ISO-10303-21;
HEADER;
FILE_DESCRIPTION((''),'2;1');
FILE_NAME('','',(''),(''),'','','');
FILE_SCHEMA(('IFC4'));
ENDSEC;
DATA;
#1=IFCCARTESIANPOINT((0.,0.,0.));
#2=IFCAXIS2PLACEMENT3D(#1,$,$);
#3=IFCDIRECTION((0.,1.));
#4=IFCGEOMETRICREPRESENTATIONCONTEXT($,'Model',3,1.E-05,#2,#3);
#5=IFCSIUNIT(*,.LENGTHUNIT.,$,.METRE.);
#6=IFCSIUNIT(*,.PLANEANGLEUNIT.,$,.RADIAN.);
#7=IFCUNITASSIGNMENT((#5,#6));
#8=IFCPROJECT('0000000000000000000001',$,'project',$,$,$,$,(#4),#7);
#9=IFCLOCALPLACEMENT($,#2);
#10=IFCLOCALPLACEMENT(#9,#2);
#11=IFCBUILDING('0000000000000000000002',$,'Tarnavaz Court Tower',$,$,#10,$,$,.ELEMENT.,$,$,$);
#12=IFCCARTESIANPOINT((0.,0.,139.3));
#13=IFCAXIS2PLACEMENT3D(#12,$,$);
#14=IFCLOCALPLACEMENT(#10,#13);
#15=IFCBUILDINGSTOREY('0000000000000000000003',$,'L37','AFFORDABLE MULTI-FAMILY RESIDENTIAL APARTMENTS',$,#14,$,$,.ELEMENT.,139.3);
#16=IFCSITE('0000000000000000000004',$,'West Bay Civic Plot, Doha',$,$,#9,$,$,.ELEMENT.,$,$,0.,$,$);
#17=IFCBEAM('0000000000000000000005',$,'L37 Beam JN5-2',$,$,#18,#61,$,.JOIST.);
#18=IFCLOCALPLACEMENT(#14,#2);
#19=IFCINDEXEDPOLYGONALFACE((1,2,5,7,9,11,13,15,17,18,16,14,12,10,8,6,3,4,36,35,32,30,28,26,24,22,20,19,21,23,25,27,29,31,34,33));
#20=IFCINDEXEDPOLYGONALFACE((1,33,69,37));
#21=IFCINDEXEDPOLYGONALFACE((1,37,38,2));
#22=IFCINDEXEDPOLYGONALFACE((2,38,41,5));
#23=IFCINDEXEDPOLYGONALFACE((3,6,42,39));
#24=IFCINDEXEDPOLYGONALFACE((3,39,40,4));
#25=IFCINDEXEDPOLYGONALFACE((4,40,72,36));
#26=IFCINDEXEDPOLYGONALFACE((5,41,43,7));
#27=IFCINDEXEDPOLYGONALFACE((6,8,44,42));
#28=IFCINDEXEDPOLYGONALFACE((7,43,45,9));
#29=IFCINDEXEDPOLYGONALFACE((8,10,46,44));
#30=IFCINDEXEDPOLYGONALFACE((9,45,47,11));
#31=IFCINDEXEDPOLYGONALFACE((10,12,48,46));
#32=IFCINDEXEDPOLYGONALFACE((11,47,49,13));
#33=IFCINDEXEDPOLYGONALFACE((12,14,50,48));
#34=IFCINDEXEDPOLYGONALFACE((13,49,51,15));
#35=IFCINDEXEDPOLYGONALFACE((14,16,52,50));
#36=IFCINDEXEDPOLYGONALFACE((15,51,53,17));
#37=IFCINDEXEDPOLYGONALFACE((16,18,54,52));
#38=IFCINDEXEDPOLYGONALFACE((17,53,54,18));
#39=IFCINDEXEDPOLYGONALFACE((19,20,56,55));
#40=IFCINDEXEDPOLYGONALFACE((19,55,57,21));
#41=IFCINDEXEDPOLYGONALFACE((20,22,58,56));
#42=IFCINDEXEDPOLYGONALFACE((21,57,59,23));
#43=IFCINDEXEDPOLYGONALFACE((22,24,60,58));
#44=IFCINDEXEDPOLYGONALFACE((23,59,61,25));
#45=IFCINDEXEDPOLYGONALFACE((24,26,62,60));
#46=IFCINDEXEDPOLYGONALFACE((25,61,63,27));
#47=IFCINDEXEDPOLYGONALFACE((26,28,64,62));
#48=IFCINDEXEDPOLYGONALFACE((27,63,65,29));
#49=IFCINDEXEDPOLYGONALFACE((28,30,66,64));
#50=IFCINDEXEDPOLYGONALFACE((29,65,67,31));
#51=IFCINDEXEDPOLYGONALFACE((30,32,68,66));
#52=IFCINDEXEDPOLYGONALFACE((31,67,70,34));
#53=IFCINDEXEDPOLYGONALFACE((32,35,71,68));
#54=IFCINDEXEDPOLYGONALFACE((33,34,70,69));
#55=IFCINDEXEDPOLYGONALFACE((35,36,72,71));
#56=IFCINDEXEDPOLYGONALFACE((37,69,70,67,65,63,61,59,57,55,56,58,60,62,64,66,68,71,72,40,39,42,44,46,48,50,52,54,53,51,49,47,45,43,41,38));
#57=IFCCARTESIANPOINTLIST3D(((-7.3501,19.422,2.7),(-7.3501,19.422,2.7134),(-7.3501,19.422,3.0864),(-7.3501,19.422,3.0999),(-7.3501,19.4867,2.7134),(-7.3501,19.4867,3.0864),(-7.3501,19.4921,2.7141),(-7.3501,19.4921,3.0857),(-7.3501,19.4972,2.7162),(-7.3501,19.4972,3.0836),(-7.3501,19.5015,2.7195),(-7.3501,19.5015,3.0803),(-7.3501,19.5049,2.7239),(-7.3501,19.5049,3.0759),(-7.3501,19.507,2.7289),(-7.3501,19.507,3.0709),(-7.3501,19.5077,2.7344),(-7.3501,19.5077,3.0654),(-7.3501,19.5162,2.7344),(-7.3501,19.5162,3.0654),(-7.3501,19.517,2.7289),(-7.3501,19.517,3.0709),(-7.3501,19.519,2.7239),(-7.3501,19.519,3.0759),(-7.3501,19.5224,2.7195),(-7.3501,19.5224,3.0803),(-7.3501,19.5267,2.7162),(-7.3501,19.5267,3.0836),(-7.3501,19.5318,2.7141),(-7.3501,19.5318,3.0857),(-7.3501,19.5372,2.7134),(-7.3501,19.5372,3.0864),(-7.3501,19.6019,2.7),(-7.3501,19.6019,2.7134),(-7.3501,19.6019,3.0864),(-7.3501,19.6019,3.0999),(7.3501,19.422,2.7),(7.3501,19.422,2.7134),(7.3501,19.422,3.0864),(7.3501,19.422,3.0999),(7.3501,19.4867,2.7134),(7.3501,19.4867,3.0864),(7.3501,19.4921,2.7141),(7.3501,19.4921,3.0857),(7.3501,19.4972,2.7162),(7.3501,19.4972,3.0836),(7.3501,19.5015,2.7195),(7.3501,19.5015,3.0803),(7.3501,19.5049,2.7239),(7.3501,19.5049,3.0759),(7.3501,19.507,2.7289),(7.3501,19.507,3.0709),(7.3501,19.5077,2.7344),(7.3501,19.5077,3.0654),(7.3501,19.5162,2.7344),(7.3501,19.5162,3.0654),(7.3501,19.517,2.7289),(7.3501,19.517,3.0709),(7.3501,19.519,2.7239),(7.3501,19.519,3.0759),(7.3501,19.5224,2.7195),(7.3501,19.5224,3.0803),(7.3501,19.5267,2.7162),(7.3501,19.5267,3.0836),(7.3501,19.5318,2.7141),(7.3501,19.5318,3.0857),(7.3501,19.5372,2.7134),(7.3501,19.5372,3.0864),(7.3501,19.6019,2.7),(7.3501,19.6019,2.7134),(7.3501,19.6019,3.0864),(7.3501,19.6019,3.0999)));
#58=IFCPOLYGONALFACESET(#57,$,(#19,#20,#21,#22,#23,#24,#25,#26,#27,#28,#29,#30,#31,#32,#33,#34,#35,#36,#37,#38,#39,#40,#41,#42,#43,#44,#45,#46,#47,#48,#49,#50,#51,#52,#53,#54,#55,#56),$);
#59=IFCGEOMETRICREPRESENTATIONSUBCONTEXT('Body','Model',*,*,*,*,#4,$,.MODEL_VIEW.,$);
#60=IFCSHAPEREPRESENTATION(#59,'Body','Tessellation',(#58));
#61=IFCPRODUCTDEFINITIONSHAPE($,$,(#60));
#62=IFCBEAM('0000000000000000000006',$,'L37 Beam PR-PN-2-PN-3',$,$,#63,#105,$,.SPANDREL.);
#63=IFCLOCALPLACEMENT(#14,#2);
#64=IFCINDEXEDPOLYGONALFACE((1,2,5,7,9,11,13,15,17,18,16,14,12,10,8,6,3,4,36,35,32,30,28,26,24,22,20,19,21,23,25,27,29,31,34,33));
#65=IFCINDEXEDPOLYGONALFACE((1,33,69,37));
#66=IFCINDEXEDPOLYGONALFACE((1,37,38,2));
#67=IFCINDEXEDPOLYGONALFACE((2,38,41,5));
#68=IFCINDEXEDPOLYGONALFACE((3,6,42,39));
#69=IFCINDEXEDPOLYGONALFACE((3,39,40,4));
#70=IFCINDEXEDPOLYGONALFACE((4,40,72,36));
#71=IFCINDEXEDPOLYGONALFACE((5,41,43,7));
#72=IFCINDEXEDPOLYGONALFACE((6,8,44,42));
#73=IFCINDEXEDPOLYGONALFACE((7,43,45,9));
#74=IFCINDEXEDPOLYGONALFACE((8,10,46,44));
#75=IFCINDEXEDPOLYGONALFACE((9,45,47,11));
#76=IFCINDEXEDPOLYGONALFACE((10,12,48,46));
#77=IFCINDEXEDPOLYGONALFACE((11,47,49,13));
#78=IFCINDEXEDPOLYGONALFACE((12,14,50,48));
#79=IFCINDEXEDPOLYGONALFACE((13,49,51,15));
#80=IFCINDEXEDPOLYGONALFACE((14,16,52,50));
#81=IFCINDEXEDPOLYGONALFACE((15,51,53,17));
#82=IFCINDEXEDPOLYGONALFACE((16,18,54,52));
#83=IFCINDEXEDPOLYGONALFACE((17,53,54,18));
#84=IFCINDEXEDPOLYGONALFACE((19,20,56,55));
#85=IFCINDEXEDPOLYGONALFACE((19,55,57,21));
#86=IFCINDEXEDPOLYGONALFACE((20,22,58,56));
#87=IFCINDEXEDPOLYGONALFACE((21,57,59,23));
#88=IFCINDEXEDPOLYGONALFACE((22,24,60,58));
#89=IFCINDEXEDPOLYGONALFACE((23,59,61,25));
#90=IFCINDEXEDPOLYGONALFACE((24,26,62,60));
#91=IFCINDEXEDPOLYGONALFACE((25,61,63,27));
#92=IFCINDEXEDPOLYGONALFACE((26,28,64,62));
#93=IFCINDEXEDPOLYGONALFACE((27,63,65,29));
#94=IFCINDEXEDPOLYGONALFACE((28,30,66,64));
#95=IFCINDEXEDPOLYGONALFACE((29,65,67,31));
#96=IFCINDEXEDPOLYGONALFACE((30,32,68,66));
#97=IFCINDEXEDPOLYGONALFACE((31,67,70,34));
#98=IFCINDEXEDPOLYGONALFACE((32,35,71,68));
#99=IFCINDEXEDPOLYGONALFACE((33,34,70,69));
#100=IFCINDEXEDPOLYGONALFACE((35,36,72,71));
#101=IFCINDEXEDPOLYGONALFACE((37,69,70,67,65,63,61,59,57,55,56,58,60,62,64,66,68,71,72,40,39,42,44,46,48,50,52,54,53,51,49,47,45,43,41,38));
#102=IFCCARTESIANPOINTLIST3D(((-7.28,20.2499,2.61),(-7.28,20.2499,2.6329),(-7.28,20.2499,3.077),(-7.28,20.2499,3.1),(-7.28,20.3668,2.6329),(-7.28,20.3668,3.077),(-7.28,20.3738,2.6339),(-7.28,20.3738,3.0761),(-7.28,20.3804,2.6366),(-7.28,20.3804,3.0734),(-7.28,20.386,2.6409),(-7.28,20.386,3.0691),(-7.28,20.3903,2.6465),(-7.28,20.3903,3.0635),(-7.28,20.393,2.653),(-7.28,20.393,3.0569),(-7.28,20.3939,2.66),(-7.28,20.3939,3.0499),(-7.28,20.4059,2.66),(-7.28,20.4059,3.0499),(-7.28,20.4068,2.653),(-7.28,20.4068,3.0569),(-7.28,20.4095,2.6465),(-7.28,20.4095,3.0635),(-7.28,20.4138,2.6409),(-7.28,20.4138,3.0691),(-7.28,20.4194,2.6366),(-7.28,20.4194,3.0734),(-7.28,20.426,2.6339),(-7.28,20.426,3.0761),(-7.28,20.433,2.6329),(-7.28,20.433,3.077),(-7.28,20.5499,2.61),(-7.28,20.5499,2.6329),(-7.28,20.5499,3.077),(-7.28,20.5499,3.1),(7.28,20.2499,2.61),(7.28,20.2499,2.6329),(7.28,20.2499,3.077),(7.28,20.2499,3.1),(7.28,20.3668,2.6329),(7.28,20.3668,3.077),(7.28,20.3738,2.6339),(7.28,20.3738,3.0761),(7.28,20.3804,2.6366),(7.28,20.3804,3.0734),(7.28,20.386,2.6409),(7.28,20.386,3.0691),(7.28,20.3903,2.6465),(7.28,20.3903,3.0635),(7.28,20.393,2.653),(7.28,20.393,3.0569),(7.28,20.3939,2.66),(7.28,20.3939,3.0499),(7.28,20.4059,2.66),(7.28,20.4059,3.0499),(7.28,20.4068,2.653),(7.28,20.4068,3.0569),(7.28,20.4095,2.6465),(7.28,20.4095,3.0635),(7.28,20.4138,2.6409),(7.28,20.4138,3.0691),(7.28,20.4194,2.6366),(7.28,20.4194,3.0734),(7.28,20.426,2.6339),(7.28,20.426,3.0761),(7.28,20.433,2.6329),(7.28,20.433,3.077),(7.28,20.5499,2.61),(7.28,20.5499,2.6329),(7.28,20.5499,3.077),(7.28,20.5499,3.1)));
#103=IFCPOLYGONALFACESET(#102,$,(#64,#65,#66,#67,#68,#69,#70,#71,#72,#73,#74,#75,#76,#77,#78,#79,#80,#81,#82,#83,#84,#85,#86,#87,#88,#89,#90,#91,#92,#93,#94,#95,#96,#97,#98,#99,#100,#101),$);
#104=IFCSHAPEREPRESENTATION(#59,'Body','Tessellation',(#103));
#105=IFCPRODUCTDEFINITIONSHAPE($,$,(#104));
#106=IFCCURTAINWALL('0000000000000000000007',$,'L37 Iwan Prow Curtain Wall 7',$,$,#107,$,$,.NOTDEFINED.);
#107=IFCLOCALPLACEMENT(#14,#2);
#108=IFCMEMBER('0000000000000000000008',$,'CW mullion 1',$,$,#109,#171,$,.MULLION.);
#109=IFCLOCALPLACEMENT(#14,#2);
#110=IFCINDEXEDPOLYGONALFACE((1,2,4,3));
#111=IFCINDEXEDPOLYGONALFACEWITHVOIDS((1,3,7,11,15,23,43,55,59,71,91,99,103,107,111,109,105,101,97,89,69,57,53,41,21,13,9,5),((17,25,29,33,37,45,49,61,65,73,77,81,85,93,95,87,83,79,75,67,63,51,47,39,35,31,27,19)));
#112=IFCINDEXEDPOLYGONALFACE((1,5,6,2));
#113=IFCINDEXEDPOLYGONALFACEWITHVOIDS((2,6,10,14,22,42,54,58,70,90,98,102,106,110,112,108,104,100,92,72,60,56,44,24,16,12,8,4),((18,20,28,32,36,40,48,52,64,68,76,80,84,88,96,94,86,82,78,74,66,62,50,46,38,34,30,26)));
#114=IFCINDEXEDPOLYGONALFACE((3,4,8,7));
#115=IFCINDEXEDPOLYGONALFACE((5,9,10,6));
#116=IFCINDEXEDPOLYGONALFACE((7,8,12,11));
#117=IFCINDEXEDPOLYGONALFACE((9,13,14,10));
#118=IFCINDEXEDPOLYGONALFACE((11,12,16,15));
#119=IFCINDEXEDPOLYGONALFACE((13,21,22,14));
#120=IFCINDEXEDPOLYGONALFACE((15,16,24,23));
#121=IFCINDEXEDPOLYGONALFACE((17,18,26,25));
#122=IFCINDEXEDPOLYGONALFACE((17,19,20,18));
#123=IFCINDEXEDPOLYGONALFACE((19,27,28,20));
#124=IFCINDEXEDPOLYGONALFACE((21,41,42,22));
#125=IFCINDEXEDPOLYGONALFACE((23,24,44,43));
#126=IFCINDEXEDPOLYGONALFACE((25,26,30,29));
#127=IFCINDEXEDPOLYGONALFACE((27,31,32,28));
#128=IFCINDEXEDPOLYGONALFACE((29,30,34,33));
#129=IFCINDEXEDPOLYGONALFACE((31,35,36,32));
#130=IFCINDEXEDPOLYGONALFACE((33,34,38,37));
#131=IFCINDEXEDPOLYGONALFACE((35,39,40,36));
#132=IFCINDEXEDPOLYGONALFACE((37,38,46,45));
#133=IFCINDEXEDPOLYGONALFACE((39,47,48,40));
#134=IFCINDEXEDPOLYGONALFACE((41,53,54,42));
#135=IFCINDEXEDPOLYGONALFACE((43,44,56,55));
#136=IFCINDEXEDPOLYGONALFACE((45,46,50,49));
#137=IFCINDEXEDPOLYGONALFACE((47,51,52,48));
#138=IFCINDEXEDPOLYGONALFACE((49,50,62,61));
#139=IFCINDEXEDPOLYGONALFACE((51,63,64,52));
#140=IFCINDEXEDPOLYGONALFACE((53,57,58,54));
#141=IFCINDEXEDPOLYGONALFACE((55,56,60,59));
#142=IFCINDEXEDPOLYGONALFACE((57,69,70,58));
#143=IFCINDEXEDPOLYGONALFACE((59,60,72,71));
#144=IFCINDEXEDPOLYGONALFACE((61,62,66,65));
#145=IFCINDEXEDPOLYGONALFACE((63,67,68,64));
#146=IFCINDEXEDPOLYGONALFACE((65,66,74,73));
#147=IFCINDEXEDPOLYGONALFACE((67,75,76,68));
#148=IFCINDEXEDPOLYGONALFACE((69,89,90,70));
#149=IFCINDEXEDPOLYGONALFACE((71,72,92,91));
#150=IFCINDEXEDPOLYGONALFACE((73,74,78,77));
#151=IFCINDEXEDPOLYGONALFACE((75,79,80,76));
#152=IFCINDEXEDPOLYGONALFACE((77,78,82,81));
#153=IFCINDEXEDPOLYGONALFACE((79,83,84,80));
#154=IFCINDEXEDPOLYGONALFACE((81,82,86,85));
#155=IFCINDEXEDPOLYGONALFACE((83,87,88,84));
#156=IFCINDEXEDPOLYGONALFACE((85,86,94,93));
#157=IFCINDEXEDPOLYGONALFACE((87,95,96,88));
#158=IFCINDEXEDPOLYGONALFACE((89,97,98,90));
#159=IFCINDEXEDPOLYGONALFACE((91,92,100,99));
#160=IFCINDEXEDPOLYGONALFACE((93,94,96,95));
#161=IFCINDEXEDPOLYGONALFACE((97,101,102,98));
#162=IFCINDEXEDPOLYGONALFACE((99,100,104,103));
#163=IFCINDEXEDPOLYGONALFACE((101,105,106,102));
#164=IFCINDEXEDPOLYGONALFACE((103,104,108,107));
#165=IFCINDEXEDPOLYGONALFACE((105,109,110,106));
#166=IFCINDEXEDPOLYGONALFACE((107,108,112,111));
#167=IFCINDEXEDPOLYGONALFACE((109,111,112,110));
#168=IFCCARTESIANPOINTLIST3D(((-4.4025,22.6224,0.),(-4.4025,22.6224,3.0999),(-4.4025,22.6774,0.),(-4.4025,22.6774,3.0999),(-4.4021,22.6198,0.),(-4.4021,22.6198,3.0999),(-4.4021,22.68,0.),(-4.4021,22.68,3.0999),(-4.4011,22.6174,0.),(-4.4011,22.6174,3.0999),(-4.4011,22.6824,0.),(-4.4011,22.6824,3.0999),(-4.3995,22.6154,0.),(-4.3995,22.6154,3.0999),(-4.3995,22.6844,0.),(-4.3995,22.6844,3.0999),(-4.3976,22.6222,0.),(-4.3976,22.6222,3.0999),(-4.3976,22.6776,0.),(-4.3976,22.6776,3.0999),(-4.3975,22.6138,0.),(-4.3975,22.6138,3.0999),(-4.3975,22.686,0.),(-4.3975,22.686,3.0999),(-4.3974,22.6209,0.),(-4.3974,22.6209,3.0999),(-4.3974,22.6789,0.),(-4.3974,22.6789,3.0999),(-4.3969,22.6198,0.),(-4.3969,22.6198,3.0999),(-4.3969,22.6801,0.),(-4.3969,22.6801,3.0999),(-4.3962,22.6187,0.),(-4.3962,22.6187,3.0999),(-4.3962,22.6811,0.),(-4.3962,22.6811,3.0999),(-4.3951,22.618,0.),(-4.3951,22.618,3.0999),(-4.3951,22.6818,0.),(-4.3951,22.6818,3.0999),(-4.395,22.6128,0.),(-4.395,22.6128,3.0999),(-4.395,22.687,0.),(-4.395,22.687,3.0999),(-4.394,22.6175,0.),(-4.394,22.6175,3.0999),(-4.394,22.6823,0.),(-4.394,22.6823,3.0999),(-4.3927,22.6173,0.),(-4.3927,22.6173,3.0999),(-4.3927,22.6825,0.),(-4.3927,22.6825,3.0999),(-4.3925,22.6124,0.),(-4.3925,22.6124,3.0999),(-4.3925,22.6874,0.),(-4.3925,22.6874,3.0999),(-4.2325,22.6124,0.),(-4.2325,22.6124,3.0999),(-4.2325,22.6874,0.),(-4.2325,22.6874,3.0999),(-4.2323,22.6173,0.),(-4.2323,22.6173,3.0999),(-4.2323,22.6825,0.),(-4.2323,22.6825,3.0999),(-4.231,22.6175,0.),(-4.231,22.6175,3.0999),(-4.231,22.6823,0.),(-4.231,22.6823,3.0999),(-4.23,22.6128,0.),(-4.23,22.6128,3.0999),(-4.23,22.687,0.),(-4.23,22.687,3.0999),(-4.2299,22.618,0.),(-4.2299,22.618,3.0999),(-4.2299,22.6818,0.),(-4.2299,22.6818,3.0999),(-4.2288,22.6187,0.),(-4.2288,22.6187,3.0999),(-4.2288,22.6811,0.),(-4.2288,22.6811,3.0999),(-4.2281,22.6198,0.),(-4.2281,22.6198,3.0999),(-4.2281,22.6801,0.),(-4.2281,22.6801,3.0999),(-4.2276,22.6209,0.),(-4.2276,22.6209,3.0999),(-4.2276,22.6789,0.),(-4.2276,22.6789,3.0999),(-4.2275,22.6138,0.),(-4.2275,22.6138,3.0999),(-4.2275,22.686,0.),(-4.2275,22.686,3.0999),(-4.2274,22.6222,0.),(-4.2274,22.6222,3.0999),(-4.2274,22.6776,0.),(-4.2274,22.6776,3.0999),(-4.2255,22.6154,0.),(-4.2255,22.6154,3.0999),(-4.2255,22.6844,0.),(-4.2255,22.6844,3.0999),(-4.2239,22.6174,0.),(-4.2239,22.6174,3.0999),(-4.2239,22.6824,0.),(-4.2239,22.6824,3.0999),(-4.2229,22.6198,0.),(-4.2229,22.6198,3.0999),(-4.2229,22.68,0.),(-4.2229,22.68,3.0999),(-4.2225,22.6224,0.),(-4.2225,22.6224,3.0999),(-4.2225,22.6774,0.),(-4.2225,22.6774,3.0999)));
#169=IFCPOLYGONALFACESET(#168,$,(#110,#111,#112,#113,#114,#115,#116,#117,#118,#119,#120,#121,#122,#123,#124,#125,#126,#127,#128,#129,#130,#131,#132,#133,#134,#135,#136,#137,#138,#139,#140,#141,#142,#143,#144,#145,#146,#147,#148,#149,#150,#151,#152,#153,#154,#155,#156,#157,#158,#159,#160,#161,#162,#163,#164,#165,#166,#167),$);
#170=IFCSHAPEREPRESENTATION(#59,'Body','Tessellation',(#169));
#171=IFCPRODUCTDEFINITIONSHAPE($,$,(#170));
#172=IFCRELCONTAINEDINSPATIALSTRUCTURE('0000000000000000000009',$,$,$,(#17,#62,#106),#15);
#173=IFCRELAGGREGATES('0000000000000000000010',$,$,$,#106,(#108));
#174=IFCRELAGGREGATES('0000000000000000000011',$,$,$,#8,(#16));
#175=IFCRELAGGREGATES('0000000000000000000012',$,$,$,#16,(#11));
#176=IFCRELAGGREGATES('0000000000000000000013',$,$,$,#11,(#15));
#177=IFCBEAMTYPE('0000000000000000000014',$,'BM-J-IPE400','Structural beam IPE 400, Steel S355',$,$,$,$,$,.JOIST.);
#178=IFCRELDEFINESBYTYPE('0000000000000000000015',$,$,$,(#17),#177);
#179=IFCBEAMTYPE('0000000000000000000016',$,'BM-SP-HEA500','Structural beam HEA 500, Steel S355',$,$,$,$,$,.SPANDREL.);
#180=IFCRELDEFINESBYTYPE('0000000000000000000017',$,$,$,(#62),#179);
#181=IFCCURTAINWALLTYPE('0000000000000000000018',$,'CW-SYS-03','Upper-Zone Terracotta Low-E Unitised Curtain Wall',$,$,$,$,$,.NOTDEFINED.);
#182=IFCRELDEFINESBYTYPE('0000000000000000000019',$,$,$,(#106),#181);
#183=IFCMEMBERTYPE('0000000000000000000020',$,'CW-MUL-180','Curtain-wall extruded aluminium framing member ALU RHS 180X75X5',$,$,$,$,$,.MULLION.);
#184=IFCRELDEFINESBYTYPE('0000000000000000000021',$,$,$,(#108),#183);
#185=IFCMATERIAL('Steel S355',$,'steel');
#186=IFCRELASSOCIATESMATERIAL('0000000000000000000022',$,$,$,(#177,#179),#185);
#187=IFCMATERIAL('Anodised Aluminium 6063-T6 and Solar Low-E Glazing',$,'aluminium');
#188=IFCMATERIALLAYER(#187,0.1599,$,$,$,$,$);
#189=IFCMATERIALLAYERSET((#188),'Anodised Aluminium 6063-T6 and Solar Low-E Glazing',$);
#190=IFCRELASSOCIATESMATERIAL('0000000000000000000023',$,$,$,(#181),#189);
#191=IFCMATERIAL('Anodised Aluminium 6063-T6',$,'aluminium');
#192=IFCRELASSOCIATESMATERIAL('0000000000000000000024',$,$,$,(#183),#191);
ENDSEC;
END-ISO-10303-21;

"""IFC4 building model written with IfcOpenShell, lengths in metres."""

from ifc_helpers import new_model, si_unit, direction, frame, origin, origin_2d, place, context, subcontext, project, spatial, hollow_rectangle, i_section, extrude, material, layer, layer_set, material_profile, profile_set, type_object, element, aggregate, save


model = new_model("IFC4")

# Units and contexts
model_context = context("Model", 3, precision=1e-05, world=origin(), true_north=direction((0.0, 1.0)))
body_context = subcontext(model_context, "Body", "Model", "MODEL_VIEW")
ifc_project = project(units=[si_unit("LENGTHUNIT", "METRE"), si_unit("PLANEANGLEUNIT", "RADIAN")], contexts=[model_context])

# Site, building, storey
site_placement = place(None, origin())
site = spatial("IfcSite", under=ifc_project, at=site_placement, Name="West Bay Civic Plot, Doha", CompositionType="ELEMENT", RefElevation=0.0)
building_placement = place(site_placement, origin())
building = spatial("IfcBuilding", under=site, at=building_placement, Name="Tarnavaz Court Tower", CompositionType="ELEMENT")
storey_placement = place(building_placement, frame((0.0, 0.0, 139.3)))
storey = spatial("IfcBuildingStorey", under=building, at=storey_placement, Name="L37", Description="AFFORDABLE MULTI-FAMILY RESIDENTIAL APARTMENTS", CompositionType="ELEMENT", Elevation=139.3)

# Beams
ifc_material_1 = material(Name="Steel S355", Category="steel")
ifc_material_profile_1 = material_profile(ifc_material_1, i_section(OverallWidth=0.1799, OverallDepth=0.3999, WebThickness=0.0085, FlangeThickness=0.0134, FilletRadius=0.021, at=origin_2d()), Name="IPE 400")
ifc_profile_set_1 = profile_set([ifc_material_profile_1], Name="Steel S355")
beam_type_1 = type_object("IfcBeamType", Name="BM-J-IPE400", Description="Structural beam IPE 400, Steel S355", PredefinedType="JOIST", material=ifc_profile_set_1)
for number, where, z_axis, x_axis, name in (
    (1, (-7.3501, 19.512, 2.8999), (1.0, 0.0, 0.0), (0.0, 1.0, 0.0), "L37 Beam JN5-2"),
):
    element("IfcBeam", number, at=place(storey_placement, frame(where, z_axis=z_axis, x_axis=x_axis)), inside=storey, type_object=beam_type_1, Name=name, PredefinedType="JOIST", context=body_context, shape_type="SweptSolid", body=[
        extrude(i_section(OverallWidth=0.1799, OverallDepth=0.3999, WebThickness=0.0085, FlangeThickness=0.0134, FilletRadius=0.021, at=origin_2d()), origin(), (0.0, 0.0, 1.0), 14.7002),
    ])
ifc_material_profile_2 = material_profile(ifc_material_1, i_section(OverallWidth=0.3, OverallDepth=0.49, WebThickness=0.012, FlangeThickness=0.0229, FilletRadius=0.0271, at=origin_2d()), Name="HEA 500")
ifc_profile_set_2 = profile_set([ifc_material_profile_2], Name="Steel S355")
beam_type_2 = type_object("IfcBeamType", Name="BM-SP-HEA500", Description="Structural beam HEA 500, Steel S355", PredefinedType="SPANDREL", material=ifc_profile_set_2)
beam_placement = place(storey_placement, frame((-7.28, 20.3999, 2.855), z_axis=(1.0, 0.0, 0.0), x_axis=(0.0, 1.0, 0.0)))
element("IfcBeam", 2, at=beam_placement, inside=storey, type_object=beam_type_2, Name="L37 Beam PR-PN-2-PN-3", PredefinedType="SPANDREL", context=body_context, shape_type="SweptSolid", body=[
    extrude(i_section(OverallWidth=0.3, OverallDepth=0.49, WebThickness=0.012, FlangeThickness=0.0229, FilletRadius=0.0271, at=origin_2d()), origin(), (0.0, 0.0, 1.0), 14.5601),
])

# Curtain wall, member
ifc_material_2 = material(Name="Anodised Aluminium 6063-T6 and Solar Low-E Glazing", Category="aluminium")
ifc_layer_1 = layer(ifc_material_2, 0.1599)
ifc_layer_set_1 = layer_set([ifc_layer_1], Name="Anodised Aluminium 6063-T6 and Solar Low-E Glazing")
curtain_wall_type = type_object("IfcCurtainWallType", Name="CW-SYS-03", Description="Upper-Zone Terracotta Low-E Unitised Curtain Wall", PredefinedType="NOTDEFINED", material=ifc_layer_set_1)
curtain_wall_placement = place(storey_placement, origin())
curtain_wall = element("IfcCurtainWall", 3, at=curtain_wall_placement, inside=storey, type_object=curtain_wall_type, Name="L37 Iwan Prow Curtain Wall 7", PredefinedType="NOTDEFINED")
ifc_material_3 = material(Name="Anodised Aluminium 6063-T6", Category="aluminium")
ifc_material_profile_3 = material_profile(ifc_material_3, hollow_rectangle(XDim=0.075, YDim=0.1799, WallThickness=0.0049, InnerFilletRadius=0.0049, OuterFilletRadius=0.01, at=origin_2d()), Name="ALU RHS 180X75X5")
ifc_profile_set_3 = profile_set([ifc_material_profile_3], Name="Anodised Aluminium 6063-T6")
member_type_1 = type_object("IfcMemberType", Name="CW-MUL-180", Description="Curtain-wall extruded aluminium framing member ALU RHS 180X75X5", PredefinedType="MULLION", material=ifc_profile_set_3)
member_1_placement = place(storey_placement, frame((-4.3125, 22.6499, 0.0), z_axis=(0.0, 0.0, 1.0), x_axis=(0.0, 1.0, 0.0)))
member_1 = element("IfcMember", 4, at=member_1_placement, type_object=member_type_1, Name="CW mullion 1", PredefinedType="MULLION", context=body_context, shape_type="SweptSolid", body=[
    extrude(hollow_rectangle(XDim=0.075, YDim=0.1799, WallThickness=0.0049, InnerFilletRadius=0.0049, OuterFilletRadius=0.01, at=origin_2d()), origin(), (0.0, 0.0, 1.0), 3.0999),
])
aggregate(curtain_wall, [member_1])

save(model, "model.ifc")
